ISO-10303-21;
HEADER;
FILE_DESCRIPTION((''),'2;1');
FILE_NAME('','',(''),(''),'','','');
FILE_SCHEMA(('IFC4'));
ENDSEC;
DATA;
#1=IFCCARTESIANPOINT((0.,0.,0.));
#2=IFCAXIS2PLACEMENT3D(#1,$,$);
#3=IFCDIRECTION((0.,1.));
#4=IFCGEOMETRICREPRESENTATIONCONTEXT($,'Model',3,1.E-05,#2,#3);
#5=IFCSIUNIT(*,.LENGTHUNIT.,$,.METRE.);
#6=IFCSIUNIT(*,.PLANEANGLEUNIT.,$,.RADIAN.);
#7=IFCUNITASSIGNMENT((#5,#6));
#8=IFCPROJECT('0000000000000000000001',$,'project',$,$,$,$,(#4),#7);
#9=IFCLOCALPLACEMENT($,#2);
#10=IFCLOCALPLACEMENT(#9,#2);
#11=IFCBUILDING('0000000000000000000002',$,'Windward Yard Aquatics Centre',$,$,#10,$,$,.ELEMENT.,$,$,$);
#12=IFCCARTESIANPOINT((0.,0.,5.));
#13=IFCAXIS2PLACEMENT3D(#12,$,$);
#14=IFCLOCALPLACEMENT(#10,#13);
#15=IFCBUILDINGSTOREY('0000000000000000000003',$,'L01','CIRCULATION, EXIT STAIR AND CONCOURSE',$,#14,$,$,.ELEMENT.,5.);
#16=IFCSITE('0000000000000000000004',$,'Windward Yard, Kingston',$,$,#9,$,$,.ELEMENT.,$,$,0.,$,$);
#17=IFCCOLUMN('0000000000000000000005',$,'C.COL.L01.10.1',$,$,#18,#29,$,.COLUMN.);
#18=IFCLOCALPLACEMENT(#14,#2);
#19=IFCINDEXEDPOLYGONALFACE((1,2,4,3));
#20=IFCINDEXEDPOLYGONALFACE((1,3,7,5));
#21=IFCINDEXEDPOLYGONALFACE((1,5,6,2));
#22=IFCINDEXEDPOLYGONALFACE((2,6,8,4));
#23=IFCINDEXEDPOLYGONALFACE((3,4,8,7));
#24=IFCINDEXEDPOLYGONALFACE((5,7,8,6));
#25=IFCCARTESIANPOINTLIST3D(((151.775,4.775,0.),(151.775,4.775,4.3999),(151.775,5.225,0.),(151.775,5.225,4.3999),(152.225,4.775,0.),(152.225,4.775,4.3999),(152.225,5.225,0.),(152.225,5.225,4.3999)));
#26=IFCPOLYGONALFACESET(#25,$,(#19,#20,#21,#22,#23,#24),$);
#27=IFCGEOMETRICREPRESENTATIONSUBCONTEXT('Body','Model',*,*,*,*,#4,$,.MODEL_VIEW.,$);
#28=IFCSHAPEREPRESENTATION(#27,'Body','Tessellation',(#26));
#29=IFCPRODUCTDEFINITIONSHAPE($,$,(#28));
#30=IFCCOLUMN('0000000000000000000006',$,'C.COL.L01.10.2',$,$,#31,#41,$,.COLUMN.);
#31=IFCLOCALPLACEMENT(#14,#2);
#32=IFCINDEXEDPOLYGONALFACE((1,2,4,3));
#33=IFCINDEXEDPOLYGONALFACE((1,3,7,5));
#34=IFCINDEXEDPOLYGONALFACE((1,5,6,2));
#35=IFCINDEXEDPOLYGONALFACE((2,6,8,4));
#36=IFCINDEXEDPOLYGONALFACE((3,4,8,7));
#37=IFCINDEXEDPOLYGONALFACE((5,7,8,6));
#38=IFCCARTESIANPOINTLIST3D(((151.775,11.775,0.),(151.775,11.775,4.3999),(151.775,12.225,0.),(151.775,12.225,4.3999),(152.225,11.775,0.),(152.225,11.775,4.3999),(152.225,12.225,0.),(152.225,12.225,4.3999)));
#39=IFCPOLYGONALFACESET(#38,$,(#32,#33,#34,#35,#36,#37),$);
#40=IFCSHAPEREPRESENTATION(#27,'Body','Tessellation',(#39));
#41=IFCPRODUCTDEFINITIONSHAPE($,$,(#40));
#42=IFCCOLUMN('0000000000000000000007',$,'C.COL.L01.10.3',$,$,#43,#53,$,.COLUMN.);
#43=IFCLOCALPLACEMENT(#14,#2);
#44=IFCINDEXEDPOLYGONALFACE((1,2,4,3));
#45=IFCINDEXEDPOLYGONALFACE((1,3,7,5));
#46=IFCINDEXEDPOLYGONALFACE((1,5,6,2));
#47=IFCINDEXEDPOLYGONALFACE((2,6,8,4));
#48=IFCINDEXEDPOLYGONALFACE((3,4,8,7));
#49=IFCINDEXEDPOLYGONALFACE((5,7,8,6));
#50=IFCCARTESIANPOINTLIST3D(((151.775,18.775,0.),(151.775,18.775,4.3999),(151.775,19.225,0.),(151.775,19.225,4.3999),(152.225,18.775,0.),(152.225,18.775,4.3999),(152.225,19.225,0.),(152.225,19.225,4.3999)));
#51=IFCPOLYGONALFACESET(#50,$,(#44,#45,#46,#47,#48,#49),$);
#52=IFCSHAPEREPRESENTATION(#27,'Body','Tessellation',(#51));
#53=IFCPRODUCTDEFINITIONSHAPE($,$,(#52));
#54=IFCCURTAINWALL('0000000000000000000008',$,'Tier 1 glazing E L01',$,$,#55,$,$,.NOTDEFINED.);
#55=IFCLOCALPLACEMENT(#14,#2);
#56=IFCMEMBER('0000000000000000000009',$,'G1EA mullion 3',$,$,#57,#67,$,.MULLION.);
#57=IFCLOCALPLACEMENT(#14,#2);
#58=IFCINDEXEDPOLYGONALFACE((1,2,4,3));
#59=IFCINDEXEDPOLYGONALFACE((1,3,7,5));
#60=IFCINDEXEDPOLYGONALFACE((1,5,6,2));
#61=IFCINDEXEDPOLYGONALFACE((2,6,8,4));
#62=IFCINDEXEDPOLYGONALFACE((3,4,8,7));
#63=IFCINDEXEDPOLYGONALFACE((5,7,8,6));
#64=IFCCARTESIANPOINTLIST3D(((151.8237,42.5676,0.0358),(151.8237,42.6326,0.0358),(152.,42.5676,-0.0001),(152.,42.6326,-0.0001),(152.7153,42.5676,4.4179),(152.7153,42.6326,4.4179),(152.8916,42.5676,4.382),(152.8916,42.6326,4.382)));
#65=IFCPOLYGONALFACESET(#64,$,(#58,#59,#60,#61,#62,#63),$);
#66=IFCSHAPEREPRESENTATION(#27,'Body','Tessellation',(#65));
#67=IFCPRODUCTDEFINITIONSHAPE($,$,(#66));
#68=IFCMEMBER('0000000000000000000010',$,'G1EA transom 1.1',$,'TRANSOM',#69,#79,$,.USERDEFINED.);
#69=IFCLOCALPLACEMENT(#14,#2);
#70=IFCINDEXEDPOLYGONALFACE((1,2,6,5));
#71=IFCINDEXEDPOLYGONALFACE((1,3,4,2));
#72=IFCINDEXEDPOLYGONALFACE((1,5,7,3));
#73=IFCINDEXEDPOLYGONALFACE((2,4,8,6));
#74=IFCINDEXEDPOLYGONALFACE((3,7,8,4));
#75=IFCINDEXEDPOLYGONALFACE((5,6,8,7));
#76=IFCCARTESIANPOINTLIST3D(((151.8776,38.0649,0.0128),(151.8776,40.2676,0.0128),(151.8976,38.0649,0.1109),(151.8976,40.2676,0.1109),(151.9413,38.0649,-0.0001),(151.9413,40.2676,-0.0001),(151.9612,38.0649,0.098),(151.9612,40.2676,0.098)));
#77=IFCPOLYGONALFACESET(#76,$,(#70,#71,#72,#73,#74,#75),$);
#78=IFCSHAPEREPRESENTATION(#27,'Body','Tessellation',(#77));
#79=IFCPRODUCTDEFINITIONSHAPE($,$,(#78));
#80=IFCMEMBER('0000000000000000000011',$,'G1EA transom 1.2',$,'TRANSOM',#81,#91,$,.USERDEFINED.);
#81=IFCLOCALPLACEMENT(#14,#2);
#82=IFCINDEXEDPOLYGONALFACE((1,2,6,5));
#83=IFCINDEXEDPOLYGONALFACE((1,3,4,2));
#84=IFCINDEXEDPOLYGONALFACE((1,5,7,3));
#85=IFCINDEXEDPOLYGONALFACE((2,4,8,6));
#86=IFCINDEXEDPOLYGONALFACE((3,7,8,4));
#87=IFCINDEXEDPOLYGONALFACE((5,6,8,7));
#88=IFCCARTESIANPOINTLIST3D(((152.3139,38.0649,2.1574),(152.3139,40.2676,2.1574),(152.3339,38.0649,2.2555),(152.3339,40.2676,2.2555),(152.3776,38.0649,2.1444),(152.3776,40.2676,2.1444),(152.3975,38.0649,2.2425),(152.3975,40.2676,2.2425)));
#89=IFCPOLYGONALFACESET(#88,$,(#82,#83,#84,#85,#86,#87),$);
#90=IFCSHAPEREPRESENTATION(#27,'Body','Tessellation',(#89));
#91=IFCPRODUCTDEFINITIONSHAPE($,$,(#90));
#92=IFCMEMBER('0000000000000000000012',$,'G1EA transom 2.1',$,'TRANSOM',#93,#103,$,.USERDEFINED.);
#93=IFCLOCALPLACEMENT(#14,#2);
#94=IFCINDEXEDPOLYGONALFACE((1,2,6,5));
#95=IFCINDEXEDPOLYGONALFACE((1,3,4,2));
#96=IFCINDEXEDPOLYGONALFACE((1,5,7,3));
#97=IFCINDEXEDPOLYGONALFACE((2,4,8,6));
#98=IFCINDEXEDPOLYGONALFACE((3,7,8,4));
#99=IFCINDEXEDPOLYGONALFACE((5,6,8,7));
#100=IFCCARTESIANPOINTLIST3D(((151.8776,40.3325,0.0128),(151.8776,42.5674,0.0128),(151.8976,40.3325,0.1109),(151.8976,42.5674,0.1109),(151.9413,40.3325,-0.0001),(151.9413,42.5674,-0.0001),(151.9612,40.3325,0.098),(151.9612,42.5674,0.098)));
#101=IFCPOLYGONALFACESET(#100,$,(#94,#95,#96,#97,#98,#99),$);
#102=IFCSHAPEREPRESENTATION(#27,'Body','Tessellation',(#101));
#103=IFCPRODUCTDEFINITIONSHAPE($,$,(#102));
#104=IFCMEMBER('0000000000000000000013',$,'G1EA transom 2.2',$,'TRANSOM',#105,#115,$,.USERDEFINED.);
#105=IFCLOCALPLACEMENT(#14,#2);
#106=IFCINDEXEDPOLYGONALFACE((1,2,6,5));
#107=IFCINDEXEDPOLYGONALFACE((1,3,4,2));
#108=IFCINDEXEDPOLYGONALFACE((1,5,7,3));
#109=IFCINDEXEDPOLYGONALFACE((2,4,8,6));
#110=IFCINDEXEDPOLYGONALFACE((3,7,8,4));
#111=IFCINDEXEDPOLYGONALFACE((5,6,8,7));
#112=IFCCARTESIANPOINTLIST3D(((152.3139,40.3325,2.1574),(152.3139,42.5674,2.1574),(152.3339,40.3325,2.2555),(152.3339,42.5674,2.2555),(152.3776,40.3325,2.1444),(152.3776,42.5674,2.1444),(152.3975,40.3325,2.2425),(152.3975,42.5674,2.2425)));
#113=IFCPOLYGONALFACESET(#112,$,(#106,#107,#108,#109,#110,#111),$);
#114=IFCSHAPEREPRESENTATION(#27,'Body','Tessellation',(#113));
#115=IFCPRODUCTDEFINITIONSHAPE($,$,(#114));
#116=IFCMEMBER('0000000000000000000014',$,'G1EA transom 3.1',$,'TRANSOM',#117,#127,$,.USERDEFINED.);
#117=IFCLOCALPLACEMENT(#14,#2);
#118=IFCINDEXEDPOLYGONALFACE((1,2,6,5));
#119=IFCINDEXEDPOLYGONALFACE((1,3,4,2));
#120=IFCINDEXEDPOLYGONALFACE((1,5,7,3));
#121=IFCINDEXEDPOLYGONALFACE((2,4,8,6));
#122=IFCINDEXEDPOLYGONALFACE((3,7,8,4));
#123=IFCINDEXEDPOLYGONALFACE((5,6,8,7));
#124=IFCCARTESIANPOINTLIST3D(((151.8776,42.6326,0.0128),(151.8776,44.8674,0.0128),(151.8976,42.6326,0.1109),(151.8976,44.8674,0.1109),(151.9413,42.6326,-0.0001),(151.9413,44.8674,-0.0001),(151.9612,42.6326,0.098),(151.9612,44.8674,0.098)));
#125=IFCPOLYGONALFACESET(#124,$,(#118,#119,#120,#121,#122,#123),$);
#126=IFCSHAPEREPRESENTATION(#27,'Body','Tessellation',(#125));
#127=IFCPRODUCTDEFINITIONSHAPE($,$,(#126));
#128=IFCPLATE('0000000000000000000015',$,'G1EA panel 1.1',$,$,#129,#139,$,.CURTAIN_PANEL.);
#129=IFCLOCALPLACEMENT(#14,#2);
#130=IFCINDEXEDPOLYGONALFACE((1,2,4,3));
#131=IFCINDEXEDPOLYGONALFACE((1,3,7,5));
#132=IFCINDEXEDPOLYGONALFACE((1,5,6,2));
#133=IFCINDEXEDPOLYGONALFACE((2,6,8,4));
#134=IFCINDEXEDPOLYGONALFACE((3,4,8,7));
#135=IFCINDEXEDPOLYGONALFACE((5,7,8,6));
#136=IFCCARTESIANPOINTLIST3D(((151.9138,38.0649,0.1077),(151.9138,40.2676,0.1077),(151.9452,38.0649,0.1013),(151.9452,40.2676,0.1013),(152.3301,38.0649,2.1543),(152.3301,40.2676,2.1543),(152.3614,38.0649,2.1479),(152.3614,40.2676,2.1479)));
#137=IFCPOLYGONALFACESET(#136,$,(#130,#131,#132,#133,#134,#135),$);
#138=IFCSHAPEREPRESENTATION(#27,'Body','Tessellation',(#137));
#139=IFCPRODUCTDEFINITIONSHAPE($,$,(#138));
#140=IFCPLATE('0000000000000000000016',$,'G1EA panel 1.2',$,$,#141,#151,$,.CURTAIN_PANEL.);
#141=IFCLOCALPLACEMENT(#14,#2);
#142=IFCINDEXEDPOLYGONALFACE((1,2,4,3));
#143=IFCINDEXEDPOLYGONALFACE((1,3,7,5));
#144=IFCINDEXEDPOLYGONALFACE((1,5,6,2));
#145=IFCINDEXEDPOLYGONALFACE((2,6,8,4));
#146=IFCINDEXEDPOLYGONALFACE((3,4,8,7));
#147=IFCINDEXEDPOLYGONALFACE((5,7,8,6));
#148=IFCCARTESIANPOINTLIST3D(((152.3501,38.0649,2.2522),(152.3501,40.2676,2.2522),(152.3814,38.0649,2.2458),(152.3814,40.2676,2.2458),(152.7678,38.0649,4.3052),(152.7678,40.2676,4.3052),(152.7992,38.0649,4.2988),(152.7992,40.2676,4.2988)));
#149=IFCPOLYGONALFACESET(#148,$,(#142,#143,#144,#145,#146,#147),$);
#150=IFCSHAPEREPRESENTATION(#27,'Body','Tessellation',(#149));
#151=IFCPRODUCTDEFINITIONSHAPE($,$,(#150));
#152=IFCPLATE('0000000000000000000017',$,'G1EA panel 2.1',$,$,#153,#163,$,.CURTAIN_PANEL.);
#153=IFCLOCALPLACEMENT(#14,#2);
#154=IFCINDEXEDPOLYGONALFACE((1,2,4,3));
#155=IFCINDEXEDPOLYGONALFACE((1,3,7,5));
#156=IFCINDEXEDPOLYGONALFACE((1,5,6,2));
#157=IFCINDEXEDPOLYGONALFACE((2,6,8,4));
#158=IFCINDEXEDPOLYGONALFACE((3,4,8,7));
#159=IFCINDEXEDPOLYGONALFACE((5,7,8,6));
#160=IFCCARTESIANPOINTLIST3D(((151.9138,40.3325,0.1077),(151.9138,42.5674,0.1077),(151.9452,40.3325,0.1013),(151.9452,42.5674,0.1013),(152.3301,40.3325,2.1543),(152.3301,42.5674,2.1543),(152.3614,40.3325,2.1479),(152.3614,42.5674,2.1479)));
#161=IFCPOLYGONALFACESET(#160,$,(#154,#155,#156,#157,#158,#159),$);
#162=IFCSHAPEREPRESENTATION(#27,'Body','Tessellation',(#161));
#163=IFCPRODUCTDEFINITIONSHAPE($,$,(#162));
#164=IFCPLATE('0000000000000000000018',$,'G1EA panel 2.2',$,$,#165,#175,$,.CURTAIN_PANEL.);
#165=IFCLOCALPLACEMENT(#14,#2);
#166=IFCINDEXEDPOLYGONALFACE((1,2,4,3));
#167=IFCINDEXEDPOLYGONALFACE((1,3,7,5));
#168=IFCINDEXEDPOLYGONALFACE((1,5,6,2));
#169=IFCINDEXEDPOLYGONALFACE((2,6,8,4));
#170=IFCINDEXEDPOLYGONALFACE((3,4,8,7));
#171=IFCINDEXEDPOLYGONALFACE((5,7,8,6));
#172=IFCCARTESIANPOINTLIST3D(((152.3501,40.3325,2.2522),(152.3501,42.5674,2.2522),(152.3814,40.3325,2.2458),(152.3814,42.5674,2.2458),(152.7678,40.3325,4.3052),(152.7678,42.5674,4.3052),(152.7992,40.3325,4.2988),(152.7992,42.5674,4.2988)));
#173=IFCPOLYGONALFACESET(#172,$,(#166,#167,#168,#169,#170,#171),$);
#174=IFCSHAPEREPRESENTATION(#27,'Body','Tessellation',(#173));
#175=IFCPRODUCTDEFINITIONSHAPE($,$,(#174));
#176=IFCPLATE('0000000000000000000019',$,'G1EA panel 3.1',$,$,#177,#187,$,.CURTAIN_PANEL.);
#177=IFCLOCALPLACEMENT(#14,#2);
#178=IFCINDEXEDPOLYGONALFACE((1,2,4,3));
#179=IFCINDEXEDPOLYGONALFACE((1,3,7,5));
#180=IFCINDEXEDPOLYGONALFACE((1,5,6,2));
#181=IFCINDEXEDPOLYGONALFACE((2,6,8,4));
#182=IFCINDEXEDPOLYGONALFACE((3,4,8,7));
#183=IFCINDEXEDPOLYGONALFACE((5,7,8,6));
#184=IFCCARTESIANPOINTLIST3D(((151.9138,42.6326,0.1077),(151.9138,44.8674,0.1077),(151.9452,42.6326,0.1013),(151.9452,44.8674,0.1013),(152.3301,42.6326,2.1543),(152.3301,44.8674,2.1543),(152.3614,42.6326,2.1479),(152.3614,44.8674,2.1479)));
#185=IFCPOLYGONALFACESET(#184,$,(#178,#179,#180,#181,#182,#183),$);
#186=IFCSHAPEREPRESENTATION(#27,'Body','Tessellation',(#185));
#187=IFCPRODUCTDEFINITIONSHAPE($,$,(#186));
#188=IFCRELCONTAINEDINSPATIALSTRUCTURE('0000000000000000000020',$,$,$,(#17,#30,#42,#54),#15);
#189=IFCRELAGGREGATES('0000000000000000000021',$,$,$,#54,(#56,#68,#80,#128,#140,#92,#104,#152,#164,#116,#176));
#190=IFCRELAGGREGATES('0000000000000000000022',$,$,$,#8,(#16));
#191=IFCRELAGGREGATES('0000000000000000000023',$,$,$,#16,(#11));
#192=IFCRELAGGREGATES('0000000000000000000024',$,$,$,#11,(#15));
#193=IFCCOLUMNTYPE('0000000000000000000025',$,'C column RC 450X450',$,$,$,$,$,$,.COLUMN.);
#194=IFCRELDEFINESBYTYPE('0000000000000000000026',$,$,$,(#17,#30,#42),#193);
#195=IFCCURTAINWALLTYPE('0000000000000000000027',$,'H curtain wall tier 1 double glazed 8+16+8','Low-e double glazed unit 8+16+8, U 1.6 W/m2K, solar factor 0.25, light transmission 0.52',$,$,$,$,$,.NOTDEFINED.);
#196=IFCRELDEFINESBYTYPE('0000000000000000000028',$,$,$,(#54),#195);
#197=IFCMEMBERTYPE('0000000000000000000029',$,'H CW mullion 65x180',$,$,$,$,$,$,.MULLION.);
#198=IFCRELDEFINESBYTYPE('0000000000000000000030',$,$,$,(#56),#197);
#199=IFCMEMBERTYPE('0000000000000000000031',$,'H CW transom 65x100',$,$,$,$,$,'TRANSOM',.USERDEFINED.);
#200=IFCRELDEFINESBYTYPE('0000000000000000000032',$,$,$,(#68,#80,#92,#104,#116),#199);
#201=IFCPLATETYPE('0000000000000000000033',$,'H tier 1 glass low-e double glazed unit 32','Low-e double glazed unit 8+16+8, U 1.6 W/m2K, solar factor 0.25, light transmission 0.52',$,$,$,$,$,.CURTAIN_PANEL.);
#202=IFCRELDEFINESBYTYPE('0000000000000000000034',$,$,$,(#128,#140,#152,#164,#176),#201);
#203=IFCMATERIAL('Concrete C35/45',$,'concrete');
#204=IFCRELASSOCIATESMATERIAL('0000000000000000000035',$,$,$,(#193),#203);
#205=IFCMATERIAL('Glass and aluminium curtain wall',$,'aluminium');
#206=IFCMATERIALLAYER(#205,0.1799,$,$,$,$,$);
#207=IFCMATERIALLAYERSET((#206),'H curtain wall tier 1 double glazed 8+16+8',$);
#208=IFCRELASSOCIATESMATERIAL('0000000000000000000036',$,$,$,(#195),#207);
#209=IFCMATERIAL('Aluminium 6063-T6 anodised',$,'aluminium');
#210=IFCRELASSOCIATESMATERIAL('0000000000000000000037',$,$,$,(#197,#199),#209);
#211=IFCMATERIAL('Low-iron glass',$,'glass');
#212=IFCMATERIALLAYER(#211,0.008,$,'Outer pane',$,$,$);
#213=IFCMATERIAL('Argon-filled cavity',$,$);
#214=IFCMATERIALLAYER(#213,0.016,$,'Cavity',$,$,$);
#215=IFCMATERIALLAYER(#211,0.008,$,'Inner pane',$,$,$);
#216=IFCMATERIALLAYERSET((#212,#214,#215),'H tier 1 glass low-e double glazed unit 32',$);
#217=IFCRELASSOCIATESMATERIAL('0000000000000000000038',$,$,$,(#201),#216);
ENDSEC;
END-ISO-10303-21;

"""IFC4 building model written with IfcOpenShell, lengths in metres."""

from ifc_helpers import new_model, si_unit, direction, frame, origin, origin_2d, place, context, subcontext, project, spatial, polyline, rectangle, outline, extrude, material, layer, layer_set, material_profile, profile_set, type_object, element, aggregate, save


model = new_model("IFC4")

# Units and contexts
model_context = context("Model", 3, precision=1e-05, world=origin(), true_north=direction((0.0, 1.0)))
body_context = subcontext(model_context, "Body", "Model", "MODEL_VIEW")
ifc_project = project(units=[si_unit("LENGTHUNIT", "METRE"), si_unit("PLANEANGLEUNIT", "RADIAN")], contexts=[model_context])

# Site, building, storey
site_placement = place(None, origin())
site = spatial("IfcSite", under=ifc_project, at=site_placement, Name="Windward Yard, Kingston", CompositionType="ELEMENT", RefElevation=0.0)
building_placement = place(site_placement, origin())
building = spatial("IfcBuilding", under=site, at=building_placement, Name="Windward Yard Aquatics Centre", CompositionType="ELEMENT")
storey_placement = place(building_placement, frame((0.0, 0.0, 5.0)))
storey = spatial("IfcBuildingStorey", under=building, at=storey_placement, Name="L01", Description="CIRCULATION, EXIT STAIR AND CONCOURSE", CompositionType="ELEMENT", Elevation=5.0)

# Columns
ifc_material_1 = material(Name="Concrete C35/45", Category="concrete")
ifc_material_profile_1 = material_profile(ifc_material_1, rectangle(XDim=0.45, YDim=0.45, at=origin_2d()), Name="RC 450X450")
ifc_profile_set_1 = profile_set([ifc_material_profile_1], Name="Concrete C35/45")
column_type = type_object("IfcColumnType", Name="C column RC 450X450", PredefinedType="COLUMN", material=ifc_profile_set_1)
for number, where, z_axis, x_axis, name in (
    (1, (152.0, 5.0, 0.0), (0.0, 0.0, 1.0), (1.0, 0.0, 0.0), "C.COL.L01.10.1"),
    (2, (152.0, 12.0, 0.0), (0.0, 0.0, 1.0), (1.0, 0.0, 0.0), "C.COL.L01.10.2"),
    (3, (152.0, 19.0, 0.0), (0.0, 0.0, 1.0), (1.0, 0.0, 0.0), "C.COL.L01.10.3"),
):
    element("IfcColumn", number, at=place(storey_placement, frame(where, z_axis=z_axis, x_axis=x_axis)), inside=storey, type_object=column_type, Name=name, PredefinedType="COLUMN", context=body_context, shape_type="SweptSolid", body=[
        extrude(rectangle(XDim=0.45, YDim=0.45, at=origin_2d()), origin(), (0.0, 0.0, 1.0), 4.3999),
    ])

# Curtain wall, members, plates
ifc_material_2 = material(Name="Glass and aluminium curtain wall", Category="aluminium")
ifc_layer_1 = layer(ifc_material_2, 0.1799)
ifc_layer_set_1 = layer_set([ifc_layer_1], Name="H curtain wall tier 1 double glazed 8+16+8")
curtain_wall_type = type_object("IfcCurtainWallType", Name="H curtain wall tier 1 double glazed 8+16+8", Description="Low-e double glazed unit 8+16+8, U 1.6 W/m2K, solar factor 0.25, light transmission 0.52", PredefinedType="NOTDEFINED", material=ifc_layer_set_1)
curtain_wall_placement = place(storey_placement, origin())
curtain_wall = element("IfcCurtainWall", 4, at=curtain_wall_placement, inside=storey, type_object=curtain_wall_type, Name="Tier 1 glazing E L01", PredefinedType="NOTDEFINED")
ifc_material_3 = material(Name="Aluminium 6063-T6 anodised", Category="aluminium")
ifc_material_profile_2 = material_profile(ifc_material_3, rectangle(XDim=0.0649, YDim=0.1799, at=origin_2d()), Name="H CW mullion 65x180")
ifc_profile_set_2 = profile_set([ifc_material_profile_2], Name="Aluminium 6063-T6 anodised")
member_type_1 = type_object("IfcMemberType", Name="H CW mullion 65x180", PredefinedType="MULLION", material=ifc_profile_set_2)
member_1_placement = place(storey_placement, frame((151.9119, 42.6001, 0.0178), z_axis=(0.19938, 0.0, 0.979922), x_axis=(0.0, 1.0, 0.0)))
member_1 = element("IfcMember", 5, at=member_1_placement, type_object=member_type_1, Name="G1EA mullion 3", PredefinedType="MULLION", context=body_context, shape_type="SweptSolid", body=[
    extrude(rectangle(XDim=0.0649, YDim=0.1799, at=origin_2d()), origin(), (0.0, 0.0, 1.0), 4.4719),
])
ifc_material_profile_3 = material_profile(ifc_material_3, rectangle(XDim=0.0649, YDim=0.1001, at=origin_2d()), Name="H CW transom 65x100")
ifc_profile_set_3 = profile_set([ifc_material_profile_3], Name="Aluminium 6063-T6 anodised")
member_type_2 = type_object("IfcMemberType", Name="H CW transom 65x100", ElementType="TRANSOM", PredefinedType="USERDEFINED", material=ifc_profile_set_3)
member_2_placement = place(storey_placement, frame((151.9194, 38.0649, 0.0554), z_axis=(0.0, 1.0, 0.0), x_axis=(-0.979925, 0.0, 0.199368)))
member_2 = element("IfcMember", 6, at=member_2_placement, type_object=member_type_2, Name="G1EA transom 1.1", ObjectType="TRANSOM", PredefinedType="USERDEFINED", context=body_context, shape_type="SweptSolid", body=[
    extrude(rectangle(XDim=0.0649, YDim=0.1001, at=origin_2d()), origin(), (0.0, 0.0, 1.0), 2.2026),
])
member_3_placement = place(storey_placement, frame((152.3557, 38.0649, 2.2), z_axis=(0.0, 1.0, 0.0), x_axis=(-0.979925, 0.0, 0.199368)))
member_3 = element("IfcMember", 7, at=member_3_placement, type_object=member_type_2, Name="G1EA transom 1.2", ObjectType="TRANSOM", PredefinedType="USERDEFINED", context=body_context, shape_type="SweptSolid", body=[
    extrude(rectangle(XDim=0.0649, YDim=0.1001, at=origin_2d()), origin(), (0.0, 0.0, 1.0), 2.2026),
])
member_4_placement = place(storey_placement, frame((151.9194, 40.3325, 0.0554), z_axis=(0.0, 1.0, 0.0), x_axis=(-0.979925, 0.0, 0.199368)))
member_4 = element("IfcMember", 8, at=member_4_placement, type_object=member_type_2, Name="G1EA transom 2.1", ObjectType="TRANSOM", PredefinedType="USERDEFINED", context=body_context, shape_type="SweptSolid", body=[
    extrude(rectangle(XDim=0.0649, YDim=0.1001, at=origin_2d()), origin(), (0.0, 0.0, 1.0), 2.2349),
])
member_5_placement = place(storey_placement, frame((152.3557, 40.3325, 2.2), z_axis=(0.0, 1.0, 0.0), x_axis=(-0.979925, 0.0, 0.199368)))
member_5 = element("IfcMember", 9, at=member_5_placement, type_object=member_type_2, Name="G1EA transom 2.2", ObjectType="TRANSOM", PredefinedType="USERDEFINED", context=body_context, shape_type="SweptSolid", body=[
    extrude(rectangle(XDim=0.0649, YDim=0.1001, at=origin_2d()), origin(), (0.0, 0.0, 1.0), 2.2349),
])
member_6_placement = place(storey_placement, frame((151.9194, 42.6326, 0.0554), z_axis=(0.0, 1.0, 0.0), x_axis=(-0.979925, 0.0, 0.199368)))
member_6 = element("IfcMember", 10, at=member_6_placement, type_object=member_type_2, Name="G1EA transom 3.1", ObjectType="TRANSOM", PredefinedType="USERDEFINED", context=body_context, shape_type="SweptSolid", body=[
    extrude(rectangle(XDim=0.0649, YDim=0.1001, at=origin_2d()), origin(), (0.0, 0.0, 1.0), 2.2349),
])
ifc_material_4 = material(Name="Low-iron glass", Category="glass")
ifc_layer_2 = layer(ifc_material_4, 0.008, Name="Outer pane")
ifc_material_5 = material(Name="Argon-filled cavity")
ifc_layer_3 = layer(ifc_material_5, 0.016, Name="Cavity")
ifc_layer_4 = layer(ifc_material_4, 0.008, Name="Inner pane")
ifc_layer_set_2 = layer_set([ifc_layer_2, ifc_layer_3, ifc_layer_4], Name="H tier 1 glass low-e double glazed unit 32")
plate_type = type_object("IfcPlateType", Name="H tier 1 glass low-e double glazed unit 32", Description="Low-e double glazed unit 8+16+8, U 1.6 W/m2K, solar factor 0.25, light transmission 0.52", PredefinedType="CURTAIN_PANEL", material=ifc_layer_set_2)
plate_1_placement = place(storey_placement, frame((151.9138, 38.0649, 0.1077), z_axis=(-0.979937, 0.0, 0.199307), x_axis=(0.0, 1.0, 0.0)))
plate_1 = element("IfcPlate", 11, at=plate_1_placement, type_object=plate_type, Name="G1EA panel 1.1", PredefinedType="CURTAIN_PANEL", context=body_context, shape_type="SweptSolid", body=[
    extrude(outline(polyline([(0.0, 0.0), (2.2026, 0.0), (2.2026, -2.0885), (0.0, -2.0885), (0.0, 0.0)])), origin(), (0.0, 0.0, -1.0), 0.032),
])
plate_2_placement = place(storey_placement, frame((152.3501, 38.0649, 2.2522), z_axis=(-0.979921, 0.0, 0.199387), x_axis=(0.0, 1.0, 0.0)))
plate_2 = element("IfcPlate", 12, at=plate_2_placement, type_object=plate_type, Name="G1EA panel 1.2", PredefinedType="CURTAIN_PANEL", context=body_context, shape_type="SweptSolid", body=[
    extrude(outline(polyline([(0.0, 0.0), (2.2026, 0.0), (2.2026, -2.095), (0.0, -2.095), (0.0, 0.0)])), origin(), (0.0, 0.0, -1.0), 0.032),
])
plate_3_placement = place(storey_placement, frame((151.9138, 40.3325, 0.1077), z_axis=(-0.979937, 0.0, 0.199307), x_axis=(0.0, 1.0, 0.0)))
plate_3 = element("IfcPlate", 13, at=plate_3_placement, type_object=plate_type, Name="G1EA panel 2.1", PredefinedType="CURTAIN_PANEL", context=body_context, shape_type="SweptSolid", body=[
    extrude(outline(polyline([(0.0, 0.0), (2.2349, 0.0), (2.2349, -2.0885), (0.0, -2.0885), (0.0, 0.0)])), origin(), (0.0, 0.0, -1.0), 0.032),
])
plate_4_placement = place(storey_placement, frame((152.3501, 40.3325, 2.2522), z_axis=(-0.979921, 0.0, 0.199387), x_axis=(0.0, 1.0, 0.0)))
plate_4 = element("IfcPlate", 14, at=plate_4_placement, type_object=plate_type, Name="G1EA panel 2.2", PredefinedType="CURTAIN_PANEL", context=body_context, shape_type="SweptSolid", body=[
    extrude(outline(polyline([(0.0, 0.0), (2.2349, 0.0), (2.2349, -2.095), (0.0, -2.095), (0.0, 0.0)])), origin(), (0.0, 0.0, -1.0), 0.032),
])
plate_5_placement = place(storey_placement, frame((151.9138, 42.6326, 0.1077), z_axis=(-0.979937, 0.0, 0.199307), x_axis=(0.0, 1.0, 0.0)))
plate_5 = element("IfcPlate", 15, at=plate_5_placement, type_object=plate_type, Name="G1EA panel 3.1", PredefinedType="CURTAIN_PANEL", context=body_context, shape_type="SweptSolid", body=[
    extrude(outline(polyline([(0.0, 0.0), (2.2349, 0.0), (2.2349, -2.0885), (0.0, -2.0885), (0.0, 0.0)])), origin(), (0.0, 0.0, -1.0), 0.032),
])
aggregate(curtain_wall, [member_1, member_2, member_3, plate_1, plate_2, member_4, member_5, plate_3, plate_4, member_6, plate_5])

save(model, "model.ifc")
